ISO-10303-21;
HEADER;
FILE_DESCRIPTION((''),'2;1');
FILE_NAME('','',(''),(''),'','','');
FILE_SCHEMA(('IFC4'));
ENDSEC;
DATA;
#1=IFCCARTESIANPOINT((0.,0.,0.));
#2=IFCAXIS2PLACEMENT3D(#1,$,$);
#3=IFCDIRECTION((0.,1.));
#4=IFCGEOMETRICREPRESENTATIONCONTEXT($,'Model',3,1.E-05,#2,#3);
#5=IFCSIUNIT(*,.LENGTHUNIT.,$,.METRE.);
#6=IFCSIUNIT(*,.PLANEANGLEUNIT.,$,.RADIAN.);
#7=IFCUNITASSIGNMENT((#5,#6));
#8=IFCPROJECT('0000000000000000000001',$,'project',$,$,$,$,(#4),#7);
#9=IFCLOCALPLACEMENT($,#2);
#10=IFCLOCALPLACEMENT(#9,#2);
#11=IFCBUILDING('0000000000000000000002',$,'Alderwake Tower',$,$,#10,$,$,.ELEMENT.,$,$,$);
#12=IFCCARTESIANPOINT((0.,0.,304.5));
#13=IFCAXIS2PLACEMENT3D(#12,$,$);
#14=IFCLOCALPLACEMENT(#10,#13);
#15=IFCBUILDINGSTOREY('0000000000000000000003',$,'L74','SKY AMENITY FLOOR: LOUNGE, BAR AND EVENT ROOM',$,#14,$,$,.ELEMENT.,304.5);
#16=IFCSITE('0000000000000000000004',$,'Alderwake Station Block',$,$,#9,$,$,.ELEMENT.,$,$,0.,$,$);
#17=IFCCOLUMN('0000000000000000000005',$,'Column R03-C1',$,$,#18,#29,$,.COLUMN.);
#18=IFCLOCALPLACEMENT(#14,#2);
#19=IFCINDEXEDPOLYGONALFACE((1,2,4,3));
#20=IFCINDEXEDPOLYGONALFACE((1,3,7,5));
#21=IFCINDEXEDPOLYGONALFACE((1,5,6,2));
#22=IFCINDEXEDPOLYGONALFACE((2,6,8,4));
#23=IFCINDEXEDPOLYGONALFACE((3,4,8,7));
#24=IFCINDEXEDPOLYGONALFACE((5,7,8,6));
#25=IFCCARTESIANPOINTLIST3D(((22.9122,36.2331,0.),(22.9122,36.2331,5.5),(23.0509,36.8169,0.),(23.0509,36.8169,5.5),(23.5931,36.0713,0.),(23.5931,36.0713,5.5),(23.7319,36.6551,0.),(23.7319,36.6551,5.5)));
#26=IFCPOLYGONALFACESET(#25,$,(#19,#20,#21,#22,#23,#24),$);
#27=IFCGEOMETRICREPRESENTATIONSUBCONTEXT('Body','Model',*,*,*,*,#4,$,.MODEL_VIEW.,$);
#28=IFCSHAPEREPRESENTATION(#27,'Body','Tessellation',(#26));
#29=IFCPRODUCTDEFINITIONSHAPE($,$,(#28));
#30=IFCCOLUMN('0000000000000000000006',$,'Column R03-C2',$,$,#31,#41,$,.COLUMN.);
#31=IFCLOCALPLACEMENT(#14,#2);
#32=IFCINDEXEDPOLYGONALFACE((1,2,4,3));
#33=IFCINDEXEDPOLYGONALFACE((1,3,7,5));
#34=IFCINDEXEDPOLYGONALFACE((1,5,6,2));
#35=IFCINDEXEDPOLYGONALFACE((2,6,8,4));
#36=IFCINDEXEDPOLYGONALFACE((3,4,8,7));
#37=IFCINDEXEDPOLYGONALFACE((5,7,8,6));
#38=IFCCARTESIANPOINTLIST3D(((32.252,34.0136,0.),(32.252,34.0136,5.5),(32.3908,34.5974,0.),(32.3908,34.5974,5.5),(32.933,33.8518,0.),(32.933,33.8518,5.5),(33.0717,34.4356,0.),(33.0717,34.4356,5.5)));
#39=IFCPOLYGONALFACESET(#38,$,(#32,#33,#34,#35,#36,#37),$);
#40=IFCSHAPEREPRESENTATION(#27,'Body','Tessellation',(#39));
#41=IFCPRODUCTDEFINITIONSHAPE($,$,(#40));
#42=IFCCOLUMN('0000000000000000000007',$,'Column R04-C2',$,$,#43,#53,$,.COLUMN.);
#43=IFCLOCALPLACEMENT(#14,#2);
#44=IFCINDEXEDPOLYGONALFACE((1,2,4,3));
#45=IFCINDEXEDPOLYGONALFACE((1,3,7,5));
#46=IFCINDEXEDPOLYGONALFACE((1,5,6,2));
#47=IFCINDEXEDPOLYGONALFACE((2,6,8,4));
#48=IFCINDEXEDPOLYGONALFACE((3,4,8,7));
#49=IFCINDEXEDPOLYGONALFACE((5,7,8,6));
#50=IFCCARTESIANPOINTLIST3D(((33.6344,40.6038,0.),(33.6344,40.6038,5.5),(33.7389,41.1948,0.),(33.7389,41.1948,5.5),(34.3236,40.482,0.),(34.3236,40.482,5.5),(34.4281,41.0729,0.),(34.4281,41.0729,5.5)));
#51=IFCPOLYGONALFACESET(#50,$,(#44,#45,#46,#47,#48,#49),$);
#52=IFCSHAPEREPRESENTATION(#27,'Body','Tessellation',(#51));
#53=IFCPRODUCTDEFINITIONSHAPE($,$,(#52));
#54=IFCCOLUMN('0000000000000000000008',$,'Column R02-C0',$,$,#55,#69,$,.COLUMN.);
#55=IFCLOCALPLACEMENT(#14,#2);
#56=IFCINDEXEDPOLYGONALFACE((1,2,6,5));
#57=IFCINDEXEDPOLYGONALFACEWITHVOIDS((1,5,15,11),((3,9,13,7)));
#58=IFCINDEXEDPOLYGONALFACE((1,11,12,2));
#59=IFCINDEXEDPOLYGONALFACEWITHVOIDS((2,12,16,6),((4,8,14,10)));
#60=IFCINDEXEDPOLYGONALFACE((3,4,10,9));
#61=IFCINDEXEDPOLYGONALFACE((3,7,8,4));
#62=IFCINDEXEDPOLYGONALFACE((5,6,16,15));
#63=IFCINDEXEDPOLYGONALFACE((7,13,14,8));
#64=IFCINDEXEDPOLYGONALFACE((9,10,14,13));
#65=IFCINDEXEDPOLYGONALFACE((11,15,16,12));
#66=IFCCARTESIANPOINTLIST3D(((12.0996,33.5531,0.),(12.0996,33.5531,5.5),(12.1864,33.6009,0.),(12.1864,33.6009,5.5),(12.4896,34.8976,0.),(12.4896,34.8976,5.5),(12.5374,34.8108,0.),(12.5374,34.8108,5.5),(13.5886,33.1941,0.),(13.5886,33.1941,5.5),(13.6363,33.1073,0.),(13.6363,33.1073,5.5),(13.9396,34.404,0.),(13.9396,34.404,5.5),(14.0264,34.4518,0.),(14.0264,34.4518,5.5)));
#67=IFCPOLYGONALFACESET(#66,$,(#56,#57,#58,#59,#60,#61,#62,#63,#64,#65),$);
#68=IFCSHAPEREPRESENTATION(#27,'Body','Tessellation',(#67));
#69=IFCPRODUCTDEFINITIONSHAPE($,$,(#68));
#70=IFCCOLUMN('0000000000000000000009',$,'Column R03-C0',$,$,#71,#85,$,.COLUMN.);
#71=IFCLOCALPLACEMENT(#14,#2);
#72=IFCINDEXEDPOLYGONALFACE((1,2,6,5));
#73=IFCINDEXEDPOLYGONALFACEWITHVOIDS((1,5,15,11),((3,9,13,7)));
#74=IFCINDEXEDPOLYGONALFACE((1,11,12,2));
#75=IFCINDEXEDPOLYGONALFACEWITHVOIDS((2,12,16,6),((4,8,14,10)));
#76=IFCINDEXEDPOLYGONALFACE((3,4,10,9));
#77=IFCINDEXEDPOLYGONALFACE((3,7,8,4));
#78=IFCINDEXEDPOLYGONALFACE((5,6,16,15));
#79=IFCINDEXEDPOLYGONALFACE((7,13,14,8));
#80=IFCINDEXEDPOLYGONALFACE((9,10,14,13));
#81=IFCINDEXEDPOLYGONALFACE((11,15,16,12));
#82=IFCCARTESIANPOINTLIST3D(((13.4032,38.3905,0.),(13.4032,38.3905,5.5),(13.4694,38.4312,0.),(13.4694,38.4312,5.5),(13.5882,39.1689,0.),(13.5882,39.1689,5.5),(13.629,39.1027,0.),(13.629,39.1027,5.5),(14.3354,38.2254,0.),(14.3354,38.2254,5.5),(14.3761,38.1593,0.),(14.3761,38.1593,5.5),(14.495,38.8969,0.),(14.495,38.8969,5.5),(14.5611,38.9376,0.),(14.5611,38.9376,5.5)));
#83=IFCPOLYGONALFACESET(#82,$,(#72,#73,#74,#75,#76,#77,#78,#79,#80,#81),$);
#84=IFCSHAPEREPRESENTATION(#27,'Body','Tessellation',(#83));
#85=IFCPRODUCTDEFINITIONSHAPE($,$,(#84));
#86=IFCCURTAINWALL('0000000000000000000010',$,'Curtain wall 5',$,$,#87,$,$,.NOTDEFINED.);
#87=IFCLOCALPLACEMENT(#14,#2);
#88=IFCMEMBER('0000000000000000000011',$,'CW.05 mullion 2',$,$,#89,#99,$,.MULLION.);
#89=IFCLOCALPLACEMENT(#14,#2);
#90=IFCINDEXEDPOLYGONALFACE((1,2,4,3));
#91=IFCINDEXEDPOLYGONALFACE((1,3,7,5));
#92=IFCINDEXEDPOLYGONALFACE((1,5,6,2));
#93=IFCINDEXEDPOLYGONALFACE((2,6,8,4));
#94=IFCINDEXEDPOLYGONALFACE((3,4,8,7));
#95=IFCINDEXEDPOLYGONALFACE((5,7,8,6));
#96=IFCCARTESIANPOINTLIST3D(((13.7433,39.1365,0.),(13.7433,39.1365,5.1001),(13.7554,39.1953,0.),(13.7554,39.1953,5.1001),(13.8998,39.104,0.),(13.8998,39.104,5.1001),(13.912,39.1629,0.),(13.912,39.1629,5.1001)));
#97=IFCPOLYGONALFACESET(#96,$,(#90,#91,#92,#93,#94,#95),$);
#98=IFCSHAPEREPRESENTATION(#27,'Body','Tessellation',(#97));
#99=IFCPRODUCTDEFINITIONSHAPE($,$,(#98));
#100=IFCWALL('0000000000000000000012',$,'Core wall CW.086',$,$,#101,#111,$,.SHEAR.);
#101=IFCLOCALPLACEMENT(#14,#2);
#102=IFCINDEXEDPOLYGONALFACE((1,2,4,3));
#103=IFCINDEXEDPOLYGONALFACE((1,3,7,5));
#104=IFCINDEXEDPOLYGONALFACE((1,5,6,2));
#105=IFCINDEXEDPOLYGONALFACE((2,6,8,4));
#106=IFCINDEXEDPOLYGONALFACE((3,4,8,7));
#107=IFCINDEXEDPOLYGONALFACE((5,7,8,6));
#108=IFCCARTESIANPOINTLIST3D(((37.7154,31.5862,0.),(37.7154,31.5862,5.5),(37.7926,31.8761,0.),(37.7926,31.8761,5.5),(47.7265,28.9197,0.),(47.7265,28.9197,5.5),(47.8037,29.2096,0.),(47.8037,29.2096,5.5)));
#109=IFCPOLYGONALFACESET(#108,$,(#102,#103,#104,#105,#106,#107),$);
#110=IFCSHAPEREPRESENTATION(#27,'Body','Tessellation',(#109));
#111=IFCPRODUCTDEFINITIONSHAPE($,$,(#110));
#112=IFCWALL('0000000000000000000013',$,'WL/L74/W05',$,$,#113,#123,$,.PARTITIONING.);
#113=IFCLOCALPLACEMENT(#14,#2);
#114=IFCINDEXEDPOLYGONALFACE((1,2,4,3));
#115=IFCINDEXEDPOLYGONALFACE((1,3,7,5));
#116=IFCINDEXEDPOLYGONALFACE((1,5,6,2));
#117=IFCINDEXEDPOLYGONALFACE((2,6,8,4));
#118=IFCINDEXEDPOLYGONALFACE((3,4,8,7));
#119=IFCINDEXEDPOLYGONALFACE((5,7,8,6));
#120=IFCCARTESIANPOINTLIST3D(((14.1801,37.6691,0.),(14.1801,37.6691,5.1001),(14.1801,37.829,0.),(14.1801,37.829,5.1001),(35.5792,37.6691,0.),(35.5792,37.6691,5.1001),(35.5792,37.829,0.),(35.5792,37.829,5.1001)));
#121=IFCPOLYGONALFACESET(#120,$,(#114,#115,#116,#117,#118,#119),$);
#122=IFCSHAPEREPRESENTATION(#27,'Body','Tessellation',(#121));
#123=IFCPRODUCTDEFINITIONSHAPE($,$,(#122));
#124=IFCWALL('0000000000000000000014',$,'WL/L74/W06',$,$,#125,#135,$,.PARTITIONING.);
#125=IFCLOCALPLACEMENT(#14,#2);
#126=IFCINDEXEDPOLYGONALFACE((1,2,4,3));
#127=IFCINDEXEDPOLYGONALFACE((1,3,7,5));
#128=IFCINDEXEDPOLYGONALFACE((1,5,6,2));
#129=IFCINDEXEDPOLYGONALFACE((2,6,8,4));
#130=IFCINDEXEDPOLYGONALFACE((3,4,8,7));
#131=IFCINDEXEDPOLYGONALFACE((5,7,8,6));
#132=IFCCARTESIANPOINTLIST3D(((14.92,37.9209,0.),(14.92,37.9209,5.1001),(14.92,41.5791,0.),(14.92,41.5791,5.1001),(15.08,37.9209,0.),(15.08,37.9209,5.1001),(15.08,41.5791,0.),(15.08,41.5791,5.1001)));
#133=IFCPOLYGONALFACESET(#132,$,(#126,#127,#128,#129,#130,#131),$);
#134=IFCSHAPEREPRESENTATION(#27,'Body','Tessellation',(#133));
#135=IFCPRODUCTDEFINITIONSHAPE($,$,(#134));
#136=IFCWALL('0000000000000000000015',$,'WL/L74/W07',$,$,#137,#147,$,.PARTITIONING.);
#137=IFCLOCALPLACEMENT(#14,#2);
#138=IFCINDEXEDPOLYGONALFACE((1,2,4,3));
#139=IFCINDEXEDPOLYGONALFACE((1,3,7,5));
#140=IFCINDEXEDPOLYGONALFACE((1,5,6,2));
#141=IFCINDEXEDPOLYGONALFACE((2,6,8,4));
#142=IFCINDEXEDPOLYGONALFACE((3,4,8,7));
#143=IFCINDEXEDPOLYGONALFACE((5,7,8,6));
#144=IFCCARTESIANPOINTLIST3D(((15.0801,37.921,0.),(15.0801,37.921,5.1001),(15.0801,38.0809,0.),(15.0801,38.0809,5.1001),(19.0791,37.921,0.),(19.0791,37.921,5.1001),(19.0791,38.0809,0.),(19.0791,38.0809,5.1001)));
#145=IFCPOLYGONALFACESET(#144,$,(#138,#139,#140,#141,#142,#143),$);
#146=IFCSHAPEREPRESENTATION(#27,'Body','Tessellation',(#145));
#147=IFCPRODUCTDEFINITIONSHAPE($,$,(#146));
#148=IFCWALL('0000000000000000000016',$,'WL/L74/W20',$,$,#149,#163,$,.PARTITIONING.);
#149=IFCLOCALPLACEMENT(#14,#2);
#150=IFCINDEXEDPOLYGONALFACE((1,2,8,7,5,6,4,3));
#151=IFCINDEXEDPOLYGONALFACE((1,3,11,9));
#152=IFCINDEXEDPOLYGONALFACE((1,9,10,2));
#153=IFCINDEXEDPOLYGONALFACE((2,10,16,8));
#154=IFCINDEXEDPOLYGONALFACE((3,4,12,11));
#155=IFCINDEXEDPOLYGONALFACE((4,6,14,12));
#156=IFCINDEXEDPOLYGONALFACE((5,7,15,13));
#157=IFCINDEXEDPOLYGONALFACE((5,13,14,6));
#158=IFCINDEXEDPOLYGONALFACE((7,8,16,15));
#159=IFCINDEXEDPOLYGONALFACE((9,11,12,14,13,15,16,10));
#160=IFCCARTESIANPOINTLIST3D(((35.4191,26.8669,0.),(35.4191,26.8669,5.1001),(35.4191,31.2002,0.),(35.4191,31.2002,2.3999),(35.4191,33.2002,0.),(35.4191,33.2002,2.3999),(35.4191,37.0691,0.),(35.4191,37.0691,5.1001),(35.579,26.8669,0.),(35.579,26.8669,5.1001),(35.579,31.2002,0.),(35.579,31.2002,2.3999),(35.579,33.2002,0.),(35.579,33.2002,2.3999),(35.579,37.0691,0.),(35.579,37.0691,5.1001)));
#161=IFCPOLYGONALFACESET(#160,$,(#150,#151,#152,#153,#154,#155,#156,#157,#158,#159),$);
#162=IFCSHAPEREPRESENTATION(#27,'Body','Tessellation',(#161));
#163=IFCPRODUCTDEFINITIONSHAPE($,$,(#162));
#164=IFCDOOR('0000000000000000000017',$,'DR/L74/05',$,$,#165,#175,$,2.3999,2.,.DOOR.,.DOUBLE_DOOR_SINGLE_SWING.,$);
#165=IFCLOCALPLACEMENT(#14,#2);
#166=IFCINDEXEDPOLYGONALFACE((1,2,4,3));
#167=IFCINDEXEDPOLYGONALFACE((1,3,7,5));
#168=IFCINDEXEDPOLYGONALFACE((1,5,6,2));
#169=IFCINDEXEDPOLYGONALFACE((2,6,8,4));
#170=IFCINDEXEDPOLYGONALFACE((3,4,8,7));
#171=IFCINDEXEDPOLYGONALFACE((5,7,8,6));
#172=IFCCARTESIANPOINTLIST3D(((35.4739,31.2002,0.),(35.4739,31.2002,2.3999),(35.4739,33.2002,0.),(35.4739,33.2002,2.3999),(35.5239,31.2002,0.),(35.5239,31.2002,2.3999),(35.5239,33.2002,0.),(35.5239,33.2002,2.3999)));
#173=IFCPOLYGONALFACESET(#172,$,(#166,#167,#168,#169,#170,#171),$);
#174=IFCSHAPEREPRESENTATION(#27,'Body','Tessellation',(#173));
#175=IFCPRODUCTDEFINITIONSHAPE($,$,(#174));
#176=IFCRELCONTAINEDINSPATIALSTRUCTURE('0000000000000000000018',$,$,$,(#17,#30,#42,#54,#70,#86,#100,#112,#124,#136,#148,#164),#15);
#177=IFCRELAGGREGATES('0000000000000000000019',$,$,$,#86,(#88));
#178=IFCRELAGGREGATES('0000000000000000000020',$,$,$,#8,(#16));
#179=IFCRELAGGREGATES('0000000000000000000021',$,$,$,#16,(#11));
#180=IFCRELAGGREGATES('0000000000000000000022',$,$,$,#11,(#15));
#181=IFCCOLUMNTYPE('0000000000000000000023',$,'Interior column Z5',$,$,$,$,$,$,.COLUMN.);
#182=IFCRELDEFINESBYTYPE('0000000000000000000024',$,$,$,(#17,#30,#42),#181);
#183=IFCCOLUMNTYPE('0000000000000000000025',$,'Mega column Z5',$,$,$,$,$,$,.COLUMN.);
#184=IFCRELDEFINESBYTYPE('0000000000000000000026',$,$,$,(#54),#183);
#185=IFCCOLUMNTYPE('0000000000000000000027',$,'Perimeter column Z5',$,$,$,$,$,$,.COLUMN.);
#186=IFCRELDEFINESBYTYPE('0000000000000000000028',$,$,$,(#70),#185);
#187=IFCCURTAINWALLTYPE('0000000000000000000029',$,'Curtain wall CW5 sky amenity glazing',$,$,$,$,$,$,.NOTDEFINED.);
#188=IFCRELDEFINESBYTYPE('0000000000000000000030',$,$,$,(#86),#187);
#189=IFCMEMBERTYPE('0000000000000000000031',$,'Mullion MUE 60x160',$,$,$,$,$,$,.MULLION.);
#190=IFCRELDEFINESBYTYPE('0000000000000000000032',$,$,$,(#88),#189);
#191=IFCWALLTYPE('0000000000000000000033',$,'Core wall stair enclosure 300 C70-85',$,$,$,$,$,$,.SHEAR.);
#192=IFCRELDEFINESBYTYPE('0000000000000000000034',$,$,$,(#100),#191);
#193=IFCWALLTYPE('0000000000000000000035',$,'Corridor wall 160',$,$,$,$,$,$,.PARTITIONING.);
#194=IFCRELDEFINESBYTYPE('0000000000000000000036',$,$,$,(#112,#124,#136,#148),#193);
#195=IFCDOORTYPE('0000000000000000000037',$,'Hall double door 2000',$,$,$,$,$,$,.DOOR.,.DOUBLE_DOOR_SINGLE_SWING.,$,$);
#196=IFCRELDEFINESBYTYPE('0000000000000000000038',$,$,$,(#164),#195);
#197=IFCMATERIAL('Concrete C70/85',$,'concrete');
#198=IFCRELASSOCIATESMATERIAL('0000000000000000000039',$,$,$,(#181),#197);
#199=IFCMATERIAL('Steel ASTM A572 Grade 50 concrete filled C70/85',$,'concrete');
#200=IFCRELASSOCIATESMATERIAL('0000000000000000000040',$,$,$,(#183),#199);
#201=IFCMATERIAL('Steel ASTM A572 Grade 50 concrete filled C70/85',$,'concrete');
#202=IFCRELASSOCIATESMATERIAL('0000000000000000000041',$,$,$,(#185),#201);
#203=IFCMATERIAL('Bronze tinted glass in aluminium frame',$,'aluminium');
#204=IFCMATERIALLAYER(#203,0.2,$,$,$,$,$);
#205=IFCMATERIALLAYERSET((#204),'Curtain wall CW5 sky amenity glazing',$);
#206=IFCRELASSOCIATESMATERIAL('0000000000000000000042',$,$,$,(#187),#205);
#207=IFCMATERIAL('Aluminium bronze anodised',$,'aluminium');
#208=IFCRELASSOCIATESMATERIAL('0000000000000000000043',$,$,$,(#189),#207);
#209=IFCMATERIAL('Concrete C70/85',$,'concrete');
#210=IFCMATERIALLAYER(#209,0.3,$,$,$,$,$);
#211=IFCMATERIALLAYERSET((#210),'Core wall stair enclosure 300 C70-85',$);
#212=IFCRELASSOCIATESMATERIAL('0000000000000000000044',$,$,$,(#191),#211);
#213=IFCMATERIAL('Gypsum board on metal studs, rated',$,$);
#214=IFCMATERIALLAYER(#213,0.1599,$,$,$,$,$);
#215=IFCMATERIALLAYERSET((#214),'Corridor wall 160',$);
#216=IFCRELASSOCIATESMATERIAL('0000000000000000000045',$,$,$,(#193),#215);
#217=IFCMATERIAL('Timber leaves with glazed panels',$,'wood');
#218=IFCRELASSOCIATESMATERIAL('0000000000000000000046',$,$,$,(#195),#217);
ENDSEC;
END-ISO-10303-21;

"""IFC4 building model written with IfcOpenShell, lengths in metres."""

from ifc_helpers import new_model, si_unit, direction, frame, frame_2d, origin, origin_2d, place, context, subcontext, project, spatial, rectangle, hollow_rectangle, extrude, material, layer, layer_set, material_profile, profile_set, type_object, element, fill, aggregate, save


model = new_model("IFC4")

# Units and contexts
model_context = context("Model", 3, precision=1e-05, world=origin(), true_north=direction((0.0, 1.0)))
body_context = subcontext(model_context, "Body", "Model", "MODEL_VIEW")
ifc_project = project(units=[si_unit("LENGTHUNIT", "METRE"), si_unit("PLANEANGLEUNIT", "RADIAN")], contexts=[model_context])

# Site, building, storey
site_placement = place(None, origin())
site = spatial("IfcSite", under=ifc_project, at=site_placement, Name="Alderwake Station Block", CompositionType="ELEMENT", RefElevation=0.0)
building_placement = place(site_placement, origin())
building = spatial("IfcBuilding", under=site, at=building_placement, Name="Alderwake Tower", CompositionType="ELEMENT")
storey_placement = place(building_placement, frame((0.0, 0.0, 304.5)))
storey = spatial("IfcBuildingStorey", under=building, at=storey_placement, Name="L74", Description="SKY AMENITY FLOOR: LOUNGE, BAR AND EVENT ROOM", CompositionType="ELEMENT", Elevation=304.5)

# Columns
ifc_material_1 = material(Name="Concrete C70/85", Category="concrete")
ifc_material_profile_1 = material_profile(ifc_material_1, rectangle(XDim=0.6001, YDim=0.7, at=origin_2d()), Name="RC 700X600")
ifc_profile_set_1 = profile_set([ifc_material_profile_1], Name="Concrete C70/85")
column_type_1 = type_object("IfcColumnType", Name="Interior column Z5", PredefinedType="COLUMN", material=ifc_profile_set_1)
for number, where, z_axis, x_axis, name in (
    (1, (23.322, 36.4441, 0.0), (0.0, 0.0, 1.0), (0.231222, 0.972901, 0.0), "Column R03-C1"),
    (2, (32.6619, 34.2246, 0.0), (0.0, 0.0, 1.0), (0.231222, 0.972901, 0.0), "Column R03-C2"),
    (3, (34.0312, 40.8384, 0.0), (0.0, 0.0, 1.0), (0.174109, 0.984726, 0.0), "Column R04-C2"),
):
    element("IfcColumn", number, at=place(storey_placement, frame(where, z_axis=z_axis, x_axis=x_axis)), inside=storey, type_object=column_type_1, Name=name, PredefinedType="COLUMN", context=body_context, shape_type="SweptSolid", body=[
        extrude(rectangle(XDim=0.6001, YDim=0.7, at=origin_2d()), origin(), (0.0, 0.0, 1.0), 5.5),
    ])
ifc_material_2 = material(Name="Steel ASTM A572 Grade 50 concrete filled C70/85", Category="concrete")
ifc_material_profile_2 = material_profile(ifc_material_2, hollow_rectangle(XDim=1.3999, YDim=1.6001, WallThickness=0.0701, at=origin_2d()), Name="BOX 1600X1400X70")
ifc_profile_set_2 = profile_set([ifc_material_profile_2], Name="Steel ASTM A572 Grade 50 concrete filled C70/85")
column_type_2 = type_object("IfcColumnType", Name="Mega column Z5", PredefinedType="COLUMN", material=ifc_profile_set_2)
column_1_placement = place(storey_placement, frame((13.063, 34.0024, 0.0), z_axis=(0.0, 0.0, 1.0), x_axis=(0.278612, 0.960404, 0.0)))
element("IfcColumn", 4, at=column_1_placement, inside=storey, type_object=column_type_2, Name="Column R02-C0", PredefinedType="COLUMN", context=body_context, shape_type="SweptSolid", body=[
    extrude(hollow_rectangle(XDim=1.3999, YDim=1.6001, WallThickness=0.0701, at=origin_2d()), origin(), (0.0, 0.0, 1.0), 5.5),
])
ifc_material_3 = material(Name="Steel ASTM A572 Grade 50 concrete filled C70/85", Category="concrete")
ifc_material_profile_3 = material_profile(ifc_material_3, hollow_rectangle(XDim=0.8, YDim=1.0, WallThickness=0.0549, at=origin_2d()), Name="BOX 1000X800X55")
ifc_profile_set_3 = profile_set([ifc_material_profile_3], Name="Steel ASTM A572 Grade 50 concrete filled C70/85")
column_type_3 = type_object("IfcColumnType", Name="Perimeter column Z5", PredefinedType="COLUMN", material=ifc_profile_set_3)
column_2_placement = place(storey_placement, frame((13.9822, 38.6641, 0.0), z_axis=(0.0, 0.0, 1.0), x_axis=(0.231222, 0.972901, 0.0)))
element("IfcColumn", 5, at=column_2_placement, inside=storey, type_object=column_type_3, Name="Column R03-C0", PredefinedType="COLUMN", context=body_context, shape_type="SweptSolid", body=[
    extrude(hollow_rectangle(XDim=0.8, YDim=1.0, WallThickness=0.0549, at=origin_2d()), origin(), (0.0, 0.0, 1.0), 5.5),
])

# Curtain wall, member
ifc_material_4 = material(Name="Bronze tinted glass in aluminium frame", Category="aluminium")
ifc_layer_1 = layer(ifc_material_4, 0.2)
ifc_layer_set_1 = layer_set([ifc_layer_1], Name="Curtain wall CW5 sky amenity glazing")
curtain_wall_type = type_object("IfcCurtainWallType", Name="Curtain wall CW5 sky amenity glazing", PredefinedType="NOTDEFINED", material=ifc_layer_set_1)
curtain_wall_placement = place(storey_placement, origin())
curtain_wall = element("IfcCurtainWall", 6, at=curtain_wall_placement, inside=storey, type_object=curtain_wall_type, Name="Curtain wall 5", PredefinedType="NOTDEFINED")
ifc_material_5 = material(Name="Aluminium bronze anodised", Category="aluminium")
ifc_material_profile_4 = material_profile(ifc_material_5, rectangle(XDim=0.1599, YDim=0.0601, at=origin_2d()), Name="Mullion MUE 60x160")
ifc_profile_set_4 = profile_set([ifc_material_profile_4], Name="Aluminium bronze anodised")
member_type = type_object("IfcMemberType", Name="Mullion MUE 60x160", PredefinedType="MULLION", material=ifc_profile_set_4)
member_placement = place(storey_placement, frame((13.8276, 39.1497, 0.0), z_axis=(0.0, 0.0, 1.0), x_axis=(0.979229, -0.202758, 0.0)))
member = element("IfcMember", 7, at=member_placement, type_object=member_type, Name="CW.05 mullion 2", PredefinedType="MULLION", context=body_context, shape_type="SweptSolid", body=[
    extrude(rectangle(XDim=0.1599, YDim=0.0601, at=origin_2d()), origin(), (0.0, 0.0, 1.0), 5.1001),
])
aggregate(curtain_wall, [member])

# Walls
ifc_material_6 = material(Name="Concrete C70/85", Category="concrete")
ifc_layer_2 = layer(ifc_material_6, 0.3)
ifc_layer_set_2 = layer_set([ifc_layer_2], Name="Core wall stair enclosure 300 C70-85")
wall_type_1 = type_object("IfcWallType", Name="Core wall stair enclosure 300 C70-85", PredefinedType="SHEAR", material=ifc_layer_set_2)
wall_1_placement = place(storey_placement, frame((37.7539, 31.7312, 0.0), z_axis=(0.0, 0.0, 1.0), x_axis=(0.966309, -0.257384, 0.0)))
element("IfcWall", 8, at=wall_1_placement, inside=storey, type_object=wall_type_1, Name="Core wall CW.086", PredefinedType="SHEAR", context=body_context, shape_type="SweptSolid", body=[
    extrude(rectangle(XDim=10.3601, YDim=0.3, at=frame_2d((5.1802, 0.0))), origin(), (0.0, 0.0, 1.0), 5.5),
])
ifc_material_7 = material(Name="Gypsum board on metal studs, rated")
ifc_layer_3 = layer(ifc_material_7, 0.1599)
ifc_layer_set_3 = layer_set([ifc_layer_3], Name="Corridor wall 160")
wall_type_2 = type_object("IfcWallType", Name="Corridor wall 160", PredefinedType="PARTITIONING", material=ifc_layer_set_3)
wall_2_placement = place(storey_placement, frame((14.1799, 37.749, 0.0), z_axis=(0.0, 0.0, 1.0), x_axis=(1.0, 0.0, 0.0)))
element("IfcWall", 9, at=wall_2_placement, inside=storey, type_object=wall_type_2, Name="WL/L74/W05", PredefinedType="PARTITIONING", context=body_context, shape_type="SweptSolid", body=[
    extrude(rectangle(XDim=21.3992, YDim=0.1599, at=frame_2d((10.6997, 0.0))), origin(), (0.0, 0.0, 1.0), 5.1001),
])
wall_3_placement = place(storey_placement, frame((15.0, 37.9209, 0.0), z_axis=(0.0, 0.0, 1.0), x_axis=(0.0, 1.0, 0.0)))
element("IfcWall", 10, at=wall_3_placement, inside=storey, type_object=wall_type_2, Name="WL/L74/W06", PredefinedType="PARTITIONING", context=body_context, shape_type="SweptSolid", body=[
    extrude(rectangle(XDim=3.6582, YDim=0.1599, at=frame_2d((1.8291, 0.0))), origin(), (0.0, 0.0, 1.0), 5.1001),
])
wall_4_placement = place(storey_placement, frame((15.0801, 38.001, 0.0), z_axis=(0.0, 0.0, 1.0), x_axis=(1.0, 0.0, 0.0)))
element("IfcWall", 11, at=wall_4_placement, inside=storey, type_object=wall_type_2, Name="WL/L74/W07", PredefinedType="PARTITIONING", context=body_context, shape_type="SweptSolid", body=[
    extrude(rectangle(XDim=3.999, YDim=0.1599, at=frame_2d((1.9995, 0.0))), origin(), (0.0, 0.0, 1.0), 5.1001),
])

# Wall, opening, door
wall_5_placement = place(storey_placement, frame((35.499, 37.0691, 0.0), z_axis=(0.0, 0.0, 1.0), x_axis=(0.0, -1.0, 0.0)))
wall_5 = element("IfcWall", 12, at=wall_5_placement, inside=storey, type_object=wall_type_2, Name="WL/L74/W20", PredefinedType="PARTITIONING", context=body_context, shape_type="SweptSolid", body=[
    extrude(rectangle(XDim=10.2021, YDim=0.1599, at=frame_2d((5.1011, 0.0))), origin(), (0.0, 0.0, 1.0), 5.1001),
])
opening_1_placement = place(wall_5_placement, frame((3.8689, 0.0, 0.0)))
opening_1 = element("IfcOpeningElement", 13, at=opening_1_placement, cuts=wall_5, PredefinedType="OPENING", context=body_context, shape_type="SweptSolid", body=[
    extrude(rectangle(XDim=2.0, YDim=2.3999, at=frame_2d((1.0, 1.2))), frame((0.0, 0.0898, 0.0), z_axis=(0.0, -1.0, 0.0), x_axis=(1.0, 0.0, 0.0)), (0.0, 0.0, 1.0), 0.1799),
])
ifc_material_8 = material(Name="Timber leaves with glazed panels", Category="wood")
door_type_1 = type_object("IfcDoorType", Name="Hall double door 2000", OperationType="DOUBLE_DOOR_SINGLE_SWING", PredefinedType="DOOR", material=ifc_material_8)
door_1_placement = place(opening_1_placement, origin())
door_1 = element("IfcDoor", 14, at=door_1_placement, inside=storey, type_object=door_type_1, Name="DR/L74/05", OperationType="DOUBLE_DOOR_SINGLE_SWING", OverallHeight=2.3999, OverallWidth=2.0, PredefinedType="DOOR", context=body_context, shape_type="SweptSolid", body=[
    extrude(rectangle(XDim=2.0, YDim=2.3999, at=frame_2d((1.0, 1.2))), frame((0.0, 0.0249, 0.0), z_axis=(0.0, -1.0, 0.0), x_axis=(1.0, 0.0, 0.0)), (0.0, 0.0, 1.0), 0.05),
])
fill(opening_1, door_1)

save(model, "model.ifc")
